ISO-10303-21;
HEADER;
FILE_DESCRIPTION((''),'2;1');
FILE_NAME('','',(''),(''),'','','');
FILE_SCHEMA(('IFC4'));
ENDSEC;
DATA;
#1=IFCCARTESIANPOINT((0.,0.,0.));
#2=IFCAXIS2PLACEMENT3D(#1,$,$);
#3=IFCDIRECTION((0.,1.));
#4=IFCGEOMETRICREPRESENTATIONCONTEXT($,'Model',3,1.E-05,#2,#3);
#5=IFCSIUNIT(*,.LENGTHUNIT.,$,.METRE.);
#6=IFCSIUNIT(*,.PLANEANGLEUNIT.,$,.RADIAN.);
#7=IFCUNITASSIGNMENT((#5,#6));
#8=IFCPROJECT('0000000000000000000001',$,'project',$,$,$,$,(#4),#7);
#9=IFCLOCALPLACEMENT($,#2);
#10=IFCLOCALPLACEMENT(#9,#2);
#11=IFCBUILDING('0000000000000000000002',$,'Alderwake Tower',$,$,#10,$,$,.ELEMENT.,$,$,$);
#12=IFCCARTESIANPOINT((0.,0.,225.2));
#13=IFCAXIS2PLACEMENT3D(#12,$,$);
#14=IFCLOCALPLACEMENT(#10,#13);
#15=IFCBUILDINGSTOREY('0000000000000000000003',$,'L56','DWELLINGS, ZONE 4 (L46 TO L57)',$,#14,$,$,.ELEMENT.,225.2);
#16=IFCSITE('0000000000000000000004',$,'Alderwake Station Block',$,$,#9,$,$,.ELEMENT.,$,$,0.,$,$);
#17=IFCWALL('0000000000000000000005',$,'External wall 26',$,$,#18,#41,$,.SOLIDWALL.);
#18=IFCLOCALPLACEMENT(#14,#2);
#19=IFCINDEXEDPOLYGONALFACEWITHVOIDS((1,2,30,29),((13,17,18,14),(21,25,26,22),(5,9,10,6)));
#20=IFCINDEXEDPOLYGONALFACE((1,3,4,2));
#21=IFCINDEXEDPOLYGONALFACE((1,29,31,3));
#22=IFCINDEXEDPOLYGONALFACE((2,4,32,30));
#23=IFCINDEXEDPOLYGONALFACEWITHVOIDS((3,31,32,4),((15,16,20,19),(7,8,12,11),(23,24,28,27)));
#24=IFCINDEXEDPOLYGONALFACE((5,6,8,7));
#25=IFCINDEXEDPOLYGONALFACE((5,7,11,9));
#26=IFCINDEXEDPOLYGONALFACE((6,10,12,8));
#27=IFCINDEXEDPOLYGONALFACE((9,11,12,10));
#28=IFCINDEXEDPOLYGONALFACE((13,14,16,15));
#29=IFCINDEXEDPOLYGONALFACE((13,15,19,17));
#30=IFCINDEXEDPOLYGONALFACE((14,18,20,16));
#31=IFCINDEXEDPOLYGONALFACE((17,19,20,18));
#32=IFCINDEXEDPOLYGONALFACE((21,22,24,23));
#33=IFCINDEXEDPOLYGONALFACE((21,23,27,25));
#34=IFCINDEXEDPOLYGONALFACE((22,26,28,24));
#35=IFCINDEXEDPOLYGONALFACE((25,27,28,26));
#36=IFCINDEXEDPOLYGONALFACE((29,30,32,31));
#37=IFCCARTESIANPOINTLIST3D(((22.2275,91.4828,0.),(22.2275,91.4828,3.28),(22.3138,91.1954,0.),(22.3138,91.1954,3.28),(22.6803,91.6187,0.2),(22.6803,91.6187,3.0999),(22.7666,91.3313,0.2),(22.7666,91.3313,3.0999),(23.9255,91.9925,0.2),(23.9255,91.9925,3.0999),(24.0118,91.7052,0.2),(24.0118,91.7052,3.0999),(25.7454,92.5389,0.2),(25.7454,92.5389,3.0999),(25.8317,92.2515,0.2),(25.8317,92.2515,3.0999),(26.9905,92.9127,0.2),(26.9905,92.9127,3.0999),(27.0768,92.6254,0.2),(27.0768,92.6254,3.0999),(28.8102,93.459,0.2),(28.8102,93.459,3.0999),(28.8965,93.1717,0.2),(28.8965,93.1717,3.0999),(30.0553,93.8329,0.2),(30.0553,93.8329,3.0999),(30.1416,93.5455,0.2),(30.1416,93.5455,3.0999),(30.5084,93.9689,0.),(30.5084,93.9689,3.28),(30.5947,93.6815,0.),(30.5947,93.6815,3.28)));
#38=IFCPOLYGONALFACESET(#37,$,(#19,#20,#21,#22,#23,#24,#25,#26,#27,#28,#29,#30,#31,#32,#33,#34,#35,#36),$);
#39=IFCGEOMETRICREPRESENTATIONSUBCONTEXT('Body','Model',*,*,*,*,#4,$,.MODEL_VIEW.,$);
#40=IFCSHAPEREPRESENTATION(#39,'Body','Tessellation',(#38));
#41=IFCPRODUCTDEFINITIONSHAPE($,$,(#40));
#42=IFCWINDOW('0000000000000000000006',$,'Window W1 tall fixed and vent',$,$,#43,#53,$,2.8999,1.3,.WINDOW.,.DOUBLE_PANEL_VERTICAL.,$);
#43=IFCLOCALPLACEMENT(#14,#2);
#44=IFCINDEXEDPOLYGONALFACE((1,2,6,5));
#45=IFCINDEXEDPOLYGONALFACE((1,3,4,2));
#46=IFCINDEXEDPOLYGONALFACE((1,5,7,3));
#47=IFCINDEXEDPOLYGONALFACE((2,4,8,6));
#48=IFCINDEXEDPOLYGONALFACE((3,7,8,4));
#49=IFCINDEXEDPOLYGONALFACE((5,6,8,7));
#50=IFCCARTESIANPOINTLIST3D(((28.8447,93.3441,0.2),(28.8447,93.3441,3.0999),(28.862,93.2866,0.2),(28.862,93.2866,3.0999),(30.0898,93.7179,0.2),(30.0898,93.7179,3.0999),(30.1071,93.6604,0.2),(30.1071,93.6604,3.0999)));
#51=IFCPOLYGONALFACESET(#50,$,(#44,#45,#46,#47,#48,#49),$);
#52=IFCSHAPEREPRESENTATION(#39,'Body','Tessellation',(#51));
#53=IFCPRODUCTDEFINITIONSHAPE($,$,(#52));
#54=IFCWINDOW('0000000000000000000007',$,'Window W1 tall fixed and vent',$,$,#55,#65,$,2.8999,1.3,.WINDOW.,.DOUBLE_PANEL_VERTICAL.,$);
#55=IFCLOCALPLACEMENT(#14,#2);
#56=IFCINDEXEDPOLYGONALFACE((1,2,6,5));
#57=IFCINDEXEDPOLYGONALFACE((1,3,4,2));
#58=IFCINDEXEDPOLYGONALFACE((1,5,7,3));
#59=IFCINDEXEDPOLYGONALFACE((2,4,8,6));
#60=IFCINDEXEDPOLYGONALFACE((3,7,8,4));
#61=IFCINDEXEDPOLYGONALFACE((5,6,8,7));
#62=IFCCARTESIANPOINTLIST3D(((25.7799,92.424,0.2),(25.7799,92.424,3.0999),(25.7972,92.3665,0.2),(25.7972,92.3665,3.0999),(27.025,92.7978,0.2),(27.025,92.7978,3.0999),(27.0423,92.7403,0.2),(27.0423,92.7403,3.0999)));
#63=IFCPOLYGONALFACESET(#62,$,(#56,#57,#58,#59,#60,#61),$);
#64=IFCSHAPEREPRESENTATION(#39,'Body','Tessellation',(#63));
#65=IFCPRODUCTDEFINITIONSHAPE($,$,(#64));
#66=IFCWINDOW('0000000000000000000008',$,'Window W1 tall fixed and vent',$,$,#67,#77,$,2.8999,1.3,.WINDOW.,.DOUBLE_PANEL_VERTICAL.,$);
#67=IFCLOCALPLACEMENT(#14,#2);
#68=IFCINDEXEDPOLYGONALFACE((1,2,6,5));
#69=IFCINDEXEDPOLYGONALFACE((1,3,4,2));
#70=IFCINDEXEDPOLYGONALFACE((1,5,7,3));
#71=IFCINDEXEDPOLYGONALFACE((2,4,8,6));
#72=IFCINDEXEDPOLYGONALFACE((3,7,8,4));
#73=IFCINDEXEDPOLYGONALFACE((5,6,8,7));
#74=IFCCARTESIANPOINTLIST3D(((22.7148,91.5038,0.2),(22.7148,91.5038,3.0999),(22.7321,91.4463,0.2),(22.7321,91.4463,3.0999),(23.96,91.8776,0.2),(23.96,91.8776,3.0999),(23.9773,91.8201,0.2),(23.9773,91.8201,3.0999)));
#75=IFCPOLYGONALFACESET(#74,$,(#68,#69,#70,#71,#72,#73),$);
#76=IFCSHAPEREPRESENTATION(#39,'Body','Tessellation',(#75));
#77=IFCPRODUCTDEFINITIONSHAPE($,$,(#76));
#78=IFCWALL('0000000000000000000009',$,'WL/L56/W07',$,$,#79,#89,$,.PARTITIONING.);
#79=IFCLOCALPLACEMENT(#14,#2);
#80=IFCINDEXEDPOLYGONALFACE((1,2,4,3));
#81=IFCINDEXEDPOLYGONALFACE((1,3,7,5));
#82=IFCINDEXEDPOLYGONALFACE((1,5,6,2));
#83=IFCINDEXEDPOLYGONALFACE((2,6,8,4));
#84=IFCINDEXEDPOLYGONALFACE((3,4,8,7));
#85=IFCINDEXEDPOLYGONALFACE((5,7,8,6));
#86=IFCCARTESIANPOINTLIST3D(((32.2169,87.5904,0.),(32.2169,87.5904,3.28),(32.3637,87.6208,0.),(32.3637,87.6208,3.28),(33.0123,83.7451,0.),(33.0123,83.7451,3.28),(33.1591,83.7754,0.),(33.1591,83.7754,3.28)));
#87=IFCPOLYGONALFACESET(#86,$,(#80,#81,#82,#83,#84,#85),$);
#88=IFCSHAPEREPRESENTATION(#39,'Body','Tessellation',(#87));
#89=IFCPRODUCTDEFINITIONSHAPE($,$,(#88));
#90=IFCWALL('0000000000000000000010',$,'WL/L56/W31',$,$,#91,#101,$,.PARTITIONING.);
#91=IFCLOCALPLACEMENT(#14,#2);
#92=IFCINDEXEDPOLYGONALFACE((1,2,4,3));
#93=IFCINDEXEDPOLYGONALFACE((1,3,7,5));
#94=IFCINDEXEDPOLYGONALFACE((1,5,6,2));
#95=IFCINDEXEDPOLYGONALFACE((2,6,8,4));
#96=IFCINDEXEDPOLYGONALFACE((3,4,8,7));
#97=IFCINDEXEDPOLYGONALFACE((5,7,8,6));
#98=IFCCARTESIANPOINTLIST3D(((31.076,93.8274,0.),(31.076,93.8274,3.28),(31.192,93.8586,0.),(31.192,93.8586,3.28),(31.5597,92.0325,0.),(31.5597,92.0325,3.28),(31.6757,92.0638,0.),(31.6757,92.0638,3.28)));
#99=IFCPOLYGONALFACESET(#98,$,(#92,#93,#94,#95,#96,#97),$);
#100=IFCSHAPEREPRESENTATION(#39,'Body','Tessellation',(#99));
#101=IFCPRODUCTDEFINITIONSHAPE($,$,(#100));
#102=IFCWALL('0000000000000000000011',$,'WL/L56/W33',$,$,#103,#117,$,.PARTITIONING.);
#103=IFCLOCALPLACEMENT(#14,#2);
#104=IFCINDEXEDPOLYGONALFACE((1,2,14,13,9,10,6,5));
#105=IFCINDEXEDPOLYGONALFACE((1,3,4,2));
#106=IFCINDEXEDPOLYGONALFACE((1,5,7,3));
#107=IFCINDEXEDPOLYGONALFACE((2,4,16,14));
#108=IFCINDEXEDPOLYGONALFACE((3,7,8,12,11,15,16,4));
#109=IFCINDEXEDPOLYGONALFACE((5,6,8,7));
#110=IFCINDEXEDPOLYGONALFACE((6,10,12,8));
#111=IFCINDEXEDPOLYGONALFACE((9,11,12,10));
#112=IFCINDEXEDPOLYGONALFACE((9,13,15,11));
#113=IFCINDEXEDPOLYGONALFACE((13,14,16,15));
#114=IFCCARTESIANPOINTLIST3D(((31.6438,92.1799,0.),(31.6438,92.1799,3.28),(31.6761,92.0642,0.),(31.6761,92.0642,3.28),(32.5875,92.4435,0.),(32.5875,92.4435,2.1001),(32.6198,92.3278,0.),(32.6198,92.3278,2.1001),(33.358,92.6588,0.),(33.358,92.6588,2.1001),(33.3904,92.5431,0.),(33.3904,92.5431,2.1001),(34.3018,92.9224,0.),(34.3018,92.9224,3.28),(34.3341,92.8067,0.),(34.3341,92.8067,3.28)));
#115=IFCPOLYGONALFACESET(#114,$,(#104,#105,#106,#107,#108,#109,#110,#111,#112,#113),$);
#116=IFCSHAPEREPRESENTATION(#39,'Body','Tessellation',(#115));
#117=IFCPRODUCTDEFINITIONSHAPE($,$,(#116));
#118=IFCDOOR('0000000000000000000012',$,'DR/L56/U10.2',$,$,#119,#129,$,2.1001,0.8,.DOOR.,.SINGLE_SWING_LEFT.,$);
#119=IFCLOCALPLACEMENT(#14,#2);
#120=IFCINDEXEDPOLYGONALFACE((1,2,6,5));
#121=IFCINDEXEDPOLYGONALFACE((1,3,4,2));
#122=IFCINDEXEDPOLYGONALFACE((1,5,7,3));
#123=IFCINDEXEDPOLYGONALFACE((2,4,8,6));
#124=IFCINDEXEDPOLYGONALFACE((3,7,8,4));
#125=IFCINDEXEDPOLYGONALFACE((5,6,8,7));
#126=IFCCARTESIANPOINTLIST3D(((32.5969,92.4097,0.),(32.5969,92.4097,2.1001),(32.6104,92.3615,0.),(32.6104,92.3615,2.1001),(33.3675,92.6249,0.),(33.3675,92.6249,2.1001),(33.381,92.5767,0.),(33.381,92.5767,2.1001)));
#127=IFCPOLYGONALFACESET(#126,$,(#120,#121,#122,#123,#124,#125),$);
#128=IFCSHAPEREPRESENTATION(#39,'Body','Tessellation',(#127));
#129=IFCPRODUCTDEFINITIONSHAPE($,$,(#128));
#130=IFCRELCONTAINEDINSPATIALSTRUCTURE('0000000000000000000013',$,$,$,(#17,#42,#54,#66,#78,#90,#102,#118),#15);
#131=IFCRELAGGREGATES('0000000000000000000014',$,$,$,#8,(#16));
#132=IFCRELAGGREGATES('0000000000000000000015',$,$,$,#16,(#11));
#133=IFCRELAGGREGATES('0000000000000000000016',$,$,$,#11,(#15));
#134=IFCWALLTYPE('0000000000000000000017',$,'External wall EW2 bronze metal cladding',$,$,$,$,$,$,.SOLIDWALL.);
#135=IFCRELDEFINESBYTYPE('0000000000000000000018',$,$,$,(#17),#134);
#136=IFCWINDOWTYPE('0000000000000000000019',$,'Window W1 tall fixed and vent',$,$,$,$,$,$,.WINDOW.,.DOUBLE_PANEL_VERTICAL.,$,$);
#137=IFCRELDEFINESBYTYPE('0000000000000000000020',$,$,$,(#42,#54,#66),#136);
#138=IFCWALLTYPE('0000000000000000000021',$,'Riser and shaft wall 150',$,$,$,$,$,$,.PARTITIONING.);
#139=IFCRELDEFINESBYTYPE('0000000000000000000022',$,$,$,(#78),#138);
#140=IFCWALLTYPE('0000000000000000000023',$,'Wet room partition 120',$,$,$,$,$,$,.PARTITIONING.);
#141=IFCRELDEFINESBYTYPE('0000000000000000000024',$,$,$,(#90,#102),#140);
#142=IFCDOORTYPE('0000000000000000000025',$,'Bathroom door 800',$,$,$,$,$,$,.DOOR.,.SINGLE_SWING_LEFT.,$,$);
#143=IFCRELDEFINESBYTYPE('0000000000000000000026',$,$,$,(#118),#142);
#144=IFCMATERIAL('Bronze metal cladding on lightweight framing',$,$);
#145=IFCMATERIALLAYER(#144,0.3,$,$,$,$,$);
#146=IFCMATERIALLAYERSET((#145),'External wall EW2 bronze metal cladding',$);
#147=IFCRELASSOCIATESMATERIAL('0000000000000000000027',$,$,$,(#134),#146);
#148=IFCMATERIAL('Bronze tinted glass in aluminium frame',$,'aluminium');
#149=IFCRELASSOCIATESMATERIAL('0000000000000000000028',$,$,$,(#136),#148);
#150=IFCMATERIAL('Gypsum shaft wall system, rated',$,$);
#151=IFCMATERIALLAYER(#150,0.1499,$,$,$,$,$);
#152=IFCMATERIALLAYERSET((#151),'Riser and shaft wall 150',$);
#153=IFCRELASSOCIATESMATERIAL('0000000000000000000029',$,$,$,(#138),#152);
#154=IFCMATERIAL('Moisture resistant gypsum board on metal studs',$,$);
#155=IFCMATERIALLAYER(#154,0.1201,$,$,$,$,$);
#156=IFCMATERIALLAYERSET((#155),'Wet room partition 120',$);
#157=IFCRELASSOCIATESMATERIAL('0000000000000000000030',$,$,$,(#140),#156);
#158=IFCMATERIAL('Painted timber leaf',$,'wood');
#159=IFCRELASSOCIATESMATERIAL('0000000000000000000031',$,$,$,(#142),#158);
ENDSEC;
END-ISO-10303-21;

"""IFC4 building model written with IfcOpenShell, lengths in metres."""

from ifc_helpers import new_model, si_unit, direction, frame, frame_2d, origin, place, context, subcontext, project, spatial, rectangle, extrude, material, layer, layer_set, type_object, element, fill, save


model = new_model("IFC4")

# Units and contexts
model_context = context("Model", 3, precision=1e-05, world=origin(), true_north=direction((0.0, 1.0)))
body_context = subcontext(model_context, "Body", "Model", "MODEL_VIEW")
ifc_project = project(units=[si_unit("LENGTHUNIT", "METRE"), si_unit("PLANEANGLEUNIT", "RADIAN")], contexts=[model_context])

# Site, building, storey
site_placement = place(None, origin())
site = spatial("IfcSite", under=ifc_project, at=site_placement, Name="Alderwake Station Block", CompositionType="ELEMENT", RefElevation=0.0)
building_placement = place(site_placement, origin())
building = spatial("IfcBuilding", under=site, at=building_placement, Name="Alderwake Tower", CompositionType="ELEMENT")
storey_placement = place(building_placement, frame((0.0, 0.0, 225.2)))
storey = spatial("IfcBuildingStorey", under=building, at=storey_placement, Name="L56", Description="DWELLINGS, ZONE 4 (L46 TO L57)", CompositionType="ELEMENT", Elevation=225.2)

# Wall, openings, windows
ifc_material_1 = material(Name="Bronze metal cladding on lightweight framing")
ifc_layer_1 = layer(ifc_material_1, 0.3)
ifc_layer_set_1 = layer_set([ifc_layer_1], Name="External wall EW2 bronze metal cladding")
wall_type_1 = type_object("IfcWallType", Name="External wall EW2 bronze metal cladding", PredefinedType="SOLIDWALL", material=ifc_layer_set_1)
ifc_material_2 = material(Name="Bronze tinted glass in aluminium frame", Category="aluminium")
window_type_1 = type_object("IfcWindowType", Name="Window W1 tall fixed and vent", PartitioningType="DOUBLE_PANEL_VERTICAL", PredefinedType="WINDOW", material=ifc_material_2)
wall_1_placement = place(storey_placement, frame((30.5515, 93.8252, 0.0), z_axis=(0.0, 0.0, 1.0), x_axis=(-0.957767, -0.287545, 0.0)))
wall_1 = element("IfcWall", 1, at=wall_1_placement, inside=storey, type_object=wall_type_1, Name="External wall 26", PredefinedType="SOLIDWALL", context=body_context, shape_type="SweptSolid", body=[
    extrude(rectangle(XDim=8.646, YDim=0.3, at=frame_2d((4.323, 0.0))), origin(), (0.0, 0.0, 1.0), 3.28),
])
opening_1_placement = place(wall_1_placement, frame((0.4731, 0.0, 0.2)))
opening_1 = element("IfcOpeningElement", 2, at=opening_1_placement, cuts=wall_1, PredefinedType="OPENING", context=body_context, shape_type="SweptSolid", body=[
    extrude(rectangle(XDim=1.3, YDim=2.8999, at=frame_2d((0.6499, 1.45))), frame((0.0, 0.1599, 0.0), z_axis=(0.0, -1.0, 0.0), x_axis=(1.0, 0.0, 0.0)), (0.0, 0.0, 1.0), 0.3201),
])
opening_2_placement = place(wall_1_placement, frame((3.6731, 0.0, 0.2)))
opening_2 = element("IfcOpeningElement", 3, at=opening_2_placement, cuts=wall_1, PredefinedType="OPENING", context=body_context, shape_type="SweptSolid", body=[
    extrude(rectangle(XDim=1.3, YDim=2.8999, at=frame_2d((0.6499, 1.45))), frame((0.0, 0.1599, 0.0), z_axis=(0.0, -1.0, 0.0), x_axis=(1.0, 0.0, 0.0)), (0.0, 0.0, 1.0), 0.3201),
])
opening_3_placement = place(wall_1_placement, frame((6.8733, 0.0, 0.2)))
opening_3 = element("IfcOpeningElement", 4, at=opening_3_placement, cuts=wall_1, PredefinedType="OPENING", context=body_context, shape_type="SweptSolid", body=[
    extrude(rectangle(XDim=1.3, YDim=2.8999, at=frame_2d((0.6499, 1.45))), frame((0.0, 0.1599, 0.0), z_axis=(0.0, -1.0, 0.0), x_axis=(1.0, 0.0, 0.0)), (0.0, 0.0, 1.0), 0.3201),
])
window_1_placement = place(opening_1_placement, origin())
window_1 = element("IfcWindow", 5, at=window_1_placement, inside=storey, type_object=window_type_1, Name="Window W1 tall fixed and vent", OverallHeight=2.8999, OverallWidth=1.3, PartitioningType="DOUBLE_PANEL_VERTICAL", PredefinedType="WINDOW", context=body_context, shape_type="SweptSolid", body=[
    extrude(rectangle(XDim=1.3, YDim=2.8999, at=frame_2d((0.6499, 1.45))), frame((0.0, 0.03, 0.0), z_axis=(0.0, -1.0, 0.0), x_axis=(1.0, 0.0, 0.0)), (0.0, 0.0, 1.0), 0.0601),
])
fill(opening_1, window_1)
window_2_placement = place(opening_2_placement, origin())
window_2 = element("IfcWindow", 6, at=window_2_placement, inside=storey, type_object=window_type_1, Name="Window W1 tall fixed and vent", OverallHeight=2.8999, OverallWidth=1.3, PartitioningType="DOUBLE_PANEL_VERTICAL", PredefinedType="WINDOW", context=body_context, shape_type="SweptSolid", body=[
    extrude(rectangle(XDim=1.3, YDim=2.8999, at=frame_2d((0.6499, 1.45))), frame((0.0, 0.03, 0.0), z_axis=(0.0, -1.0, 0.0), x_axis=(1.0, 0.0, 0.0)), (0.0, 0.0, 1.0), 0.0601),
])
fill(opening_2, window_2)
window_3_placement = place(opening_3_placement, origin())
window_3 = element("IfcWindow", 7, at=window_3_placement, inside=storey, type_object=window_type_1, Name="Window W1 tall fixed and vent", OverallHeight=2.8999, OverallWidth=1.3, PartitioningType="DOUBLE_PANEL_VERTICAL", PredefinedType="WINDOW", context=body_context, shape_type="SweptSolid", body=[
    extrude(rectangle(XDim=1.3, YDim=2.8999, at=frame_2d((0.6499, 1.45))), frame((0.0, 0.03, 0.0), z_axis=(0.0, -1.0, 0.0), x_axis=(1.0, 0.0, 0.0)), (0.0, 0.0, 1.0), 0.0601),
])
fill(opening_3, window_3)

# Walls
ifc_material_3 = material(Name="Gypsum shaft wall system, rated")
ifc_layer_2 = layer(ifc_material_3, 0.1499)
ifc_layer_set_2 = layer_set([ifc_layer_2], Name="Riser and shaft wall 150")
wall_type_2 = type_object("IfcWallType", Name="Riser and shaft wall 150", PredefinedType="PARTITIONING", material=ifc_layer_set_2)
wall_2_placement = place(storey_placement, frame((33.0857, 83.7603, 0.0), z_axis=(0.0, 0.0, 1.0), x_axis=(-0.202556, 0.979271, 0.0)))
element("IfcWall", 8, at=wall_2_placement, inside=storey, type_object=wall_type_2, Name="WL/L56/W07", PredefinedType="PARTITIONING", context=body_context, shape_type="SweptSolid", body=[
    extrude(rectangle(XDim=3.9268, YDim=0.1499, at=frame_2d((1.9634, 0.0))), origin(), (0.0, 0.0, 1.0), 3.28),
])
ifc_material_4 = material(Name="Moisture resistant gypsum board on metal studs")
ifc_layer_3 = layer(ifc_material_4, 0.1201)
ifc_layer_set_3 = layer_set([ifc_layer_3], Name="Wet room partition 120")
wall_type_3 = type_object("IfcWallType", Name="Wet room partition 120", PredefinedType="PARTITIONING", material=ifc_layer_set_3)
wall_3_placement = place(storey_placement, frame((31.134, 93.843, 0.0), z_axis=(0.0, 0.0, 1.0), x_axis=(0.260171, -0.965562, 0.0)))
element("IfcWall", 9, at=wall_3_placement, inside=storey, type_object=wall_type_3, Name="WL/L56/W31", PredefinedType="PARTITIONING", context=body_context, shape_type="SweptSolid", body=[
    extrude(rectangle(XDim=1.8589, YDim=0.1201, at=frame_2d((0.9294, 0.0))), origin(), (0.0, 0.0, 1.0), 3.28),
])

# Wall, opening, door
wall_4_placement = place(storey_placement, frame((31.6599, 92.1221, 0.0), z_axis=(0.0, 0.0, 1.0), x_axis=(0.963133, 0.269026, 0.0)))
wall_4 = element("IfcWall", 10, at=wall_4_placement, inside=storey, type_object=wall_type_3, Name="WL/L56/W33", PredefinedType="PARTITIONING", context=body_context, shape_type="SweptSolid", body=[
    extrude(rectangle(XDim=2.7598, YDim=0.1201, at=frame_2d((1.3799, 0.0))), origin(), (0.0, 0.0, 1.0), 3.28),
])
opening_4_placement = place(wall_4_placement, frame((0.98, 0.0, 0.0)))
opening_4 = element("IfcOpeningElement", 11, at=opening_4_placement, cuts=wall_4, PredefinedType="OPENING", context=body_context, shape_type="SweptSolid", body=[
    extrude(rectangle(XDim=0.8, YDim=2.1001, at=frame_2d((0.3999, 1.05))), frame((0.0, 0.0701, 0.0), z_axis=(0.0, -1.0, 0.0), x_axis=(1.0, 0.0, 0.0)), (0.0, 0.0, 1.0), 0.1401),
])
ifc_material_5 = material(Name="Painted timber leaf", Category="wood")
door_type_1 = type_object("IfcDoorType", Name="Bathroom door 800", OperationType="SINGLE_SWING_LEFT", PredefinedType="DOOR", material=ifc_material_5)
door_1_placement = place(opening_4_placement, origin())
door_1 = element("IfcDoor", 12, at=door_1_placement, inside=storey, type_object=door_type_1, Name="DR/L56/U10.2", OperationType="SINGLE_SWING_LEFT", OverallHeight=2.1001, OverallWidth=0.8, PredefinedType="DOOR", context=body_context, shape_type="SweptSolid", body=[
    extrude(rectangle(XDim=0.8, YDim=2.1001, at=frame_2d((0.3999, 1.05))), frame((0.0, 0.0249, 0.0), z_axis=(0.0, -1.0, 0.0), x_axis=(1.0, 0.0, 0.0)), (0.0, 0.0, 1.0), 0.05),
])
fill(opening_4, door_1)

save(model, "model.ifc")
